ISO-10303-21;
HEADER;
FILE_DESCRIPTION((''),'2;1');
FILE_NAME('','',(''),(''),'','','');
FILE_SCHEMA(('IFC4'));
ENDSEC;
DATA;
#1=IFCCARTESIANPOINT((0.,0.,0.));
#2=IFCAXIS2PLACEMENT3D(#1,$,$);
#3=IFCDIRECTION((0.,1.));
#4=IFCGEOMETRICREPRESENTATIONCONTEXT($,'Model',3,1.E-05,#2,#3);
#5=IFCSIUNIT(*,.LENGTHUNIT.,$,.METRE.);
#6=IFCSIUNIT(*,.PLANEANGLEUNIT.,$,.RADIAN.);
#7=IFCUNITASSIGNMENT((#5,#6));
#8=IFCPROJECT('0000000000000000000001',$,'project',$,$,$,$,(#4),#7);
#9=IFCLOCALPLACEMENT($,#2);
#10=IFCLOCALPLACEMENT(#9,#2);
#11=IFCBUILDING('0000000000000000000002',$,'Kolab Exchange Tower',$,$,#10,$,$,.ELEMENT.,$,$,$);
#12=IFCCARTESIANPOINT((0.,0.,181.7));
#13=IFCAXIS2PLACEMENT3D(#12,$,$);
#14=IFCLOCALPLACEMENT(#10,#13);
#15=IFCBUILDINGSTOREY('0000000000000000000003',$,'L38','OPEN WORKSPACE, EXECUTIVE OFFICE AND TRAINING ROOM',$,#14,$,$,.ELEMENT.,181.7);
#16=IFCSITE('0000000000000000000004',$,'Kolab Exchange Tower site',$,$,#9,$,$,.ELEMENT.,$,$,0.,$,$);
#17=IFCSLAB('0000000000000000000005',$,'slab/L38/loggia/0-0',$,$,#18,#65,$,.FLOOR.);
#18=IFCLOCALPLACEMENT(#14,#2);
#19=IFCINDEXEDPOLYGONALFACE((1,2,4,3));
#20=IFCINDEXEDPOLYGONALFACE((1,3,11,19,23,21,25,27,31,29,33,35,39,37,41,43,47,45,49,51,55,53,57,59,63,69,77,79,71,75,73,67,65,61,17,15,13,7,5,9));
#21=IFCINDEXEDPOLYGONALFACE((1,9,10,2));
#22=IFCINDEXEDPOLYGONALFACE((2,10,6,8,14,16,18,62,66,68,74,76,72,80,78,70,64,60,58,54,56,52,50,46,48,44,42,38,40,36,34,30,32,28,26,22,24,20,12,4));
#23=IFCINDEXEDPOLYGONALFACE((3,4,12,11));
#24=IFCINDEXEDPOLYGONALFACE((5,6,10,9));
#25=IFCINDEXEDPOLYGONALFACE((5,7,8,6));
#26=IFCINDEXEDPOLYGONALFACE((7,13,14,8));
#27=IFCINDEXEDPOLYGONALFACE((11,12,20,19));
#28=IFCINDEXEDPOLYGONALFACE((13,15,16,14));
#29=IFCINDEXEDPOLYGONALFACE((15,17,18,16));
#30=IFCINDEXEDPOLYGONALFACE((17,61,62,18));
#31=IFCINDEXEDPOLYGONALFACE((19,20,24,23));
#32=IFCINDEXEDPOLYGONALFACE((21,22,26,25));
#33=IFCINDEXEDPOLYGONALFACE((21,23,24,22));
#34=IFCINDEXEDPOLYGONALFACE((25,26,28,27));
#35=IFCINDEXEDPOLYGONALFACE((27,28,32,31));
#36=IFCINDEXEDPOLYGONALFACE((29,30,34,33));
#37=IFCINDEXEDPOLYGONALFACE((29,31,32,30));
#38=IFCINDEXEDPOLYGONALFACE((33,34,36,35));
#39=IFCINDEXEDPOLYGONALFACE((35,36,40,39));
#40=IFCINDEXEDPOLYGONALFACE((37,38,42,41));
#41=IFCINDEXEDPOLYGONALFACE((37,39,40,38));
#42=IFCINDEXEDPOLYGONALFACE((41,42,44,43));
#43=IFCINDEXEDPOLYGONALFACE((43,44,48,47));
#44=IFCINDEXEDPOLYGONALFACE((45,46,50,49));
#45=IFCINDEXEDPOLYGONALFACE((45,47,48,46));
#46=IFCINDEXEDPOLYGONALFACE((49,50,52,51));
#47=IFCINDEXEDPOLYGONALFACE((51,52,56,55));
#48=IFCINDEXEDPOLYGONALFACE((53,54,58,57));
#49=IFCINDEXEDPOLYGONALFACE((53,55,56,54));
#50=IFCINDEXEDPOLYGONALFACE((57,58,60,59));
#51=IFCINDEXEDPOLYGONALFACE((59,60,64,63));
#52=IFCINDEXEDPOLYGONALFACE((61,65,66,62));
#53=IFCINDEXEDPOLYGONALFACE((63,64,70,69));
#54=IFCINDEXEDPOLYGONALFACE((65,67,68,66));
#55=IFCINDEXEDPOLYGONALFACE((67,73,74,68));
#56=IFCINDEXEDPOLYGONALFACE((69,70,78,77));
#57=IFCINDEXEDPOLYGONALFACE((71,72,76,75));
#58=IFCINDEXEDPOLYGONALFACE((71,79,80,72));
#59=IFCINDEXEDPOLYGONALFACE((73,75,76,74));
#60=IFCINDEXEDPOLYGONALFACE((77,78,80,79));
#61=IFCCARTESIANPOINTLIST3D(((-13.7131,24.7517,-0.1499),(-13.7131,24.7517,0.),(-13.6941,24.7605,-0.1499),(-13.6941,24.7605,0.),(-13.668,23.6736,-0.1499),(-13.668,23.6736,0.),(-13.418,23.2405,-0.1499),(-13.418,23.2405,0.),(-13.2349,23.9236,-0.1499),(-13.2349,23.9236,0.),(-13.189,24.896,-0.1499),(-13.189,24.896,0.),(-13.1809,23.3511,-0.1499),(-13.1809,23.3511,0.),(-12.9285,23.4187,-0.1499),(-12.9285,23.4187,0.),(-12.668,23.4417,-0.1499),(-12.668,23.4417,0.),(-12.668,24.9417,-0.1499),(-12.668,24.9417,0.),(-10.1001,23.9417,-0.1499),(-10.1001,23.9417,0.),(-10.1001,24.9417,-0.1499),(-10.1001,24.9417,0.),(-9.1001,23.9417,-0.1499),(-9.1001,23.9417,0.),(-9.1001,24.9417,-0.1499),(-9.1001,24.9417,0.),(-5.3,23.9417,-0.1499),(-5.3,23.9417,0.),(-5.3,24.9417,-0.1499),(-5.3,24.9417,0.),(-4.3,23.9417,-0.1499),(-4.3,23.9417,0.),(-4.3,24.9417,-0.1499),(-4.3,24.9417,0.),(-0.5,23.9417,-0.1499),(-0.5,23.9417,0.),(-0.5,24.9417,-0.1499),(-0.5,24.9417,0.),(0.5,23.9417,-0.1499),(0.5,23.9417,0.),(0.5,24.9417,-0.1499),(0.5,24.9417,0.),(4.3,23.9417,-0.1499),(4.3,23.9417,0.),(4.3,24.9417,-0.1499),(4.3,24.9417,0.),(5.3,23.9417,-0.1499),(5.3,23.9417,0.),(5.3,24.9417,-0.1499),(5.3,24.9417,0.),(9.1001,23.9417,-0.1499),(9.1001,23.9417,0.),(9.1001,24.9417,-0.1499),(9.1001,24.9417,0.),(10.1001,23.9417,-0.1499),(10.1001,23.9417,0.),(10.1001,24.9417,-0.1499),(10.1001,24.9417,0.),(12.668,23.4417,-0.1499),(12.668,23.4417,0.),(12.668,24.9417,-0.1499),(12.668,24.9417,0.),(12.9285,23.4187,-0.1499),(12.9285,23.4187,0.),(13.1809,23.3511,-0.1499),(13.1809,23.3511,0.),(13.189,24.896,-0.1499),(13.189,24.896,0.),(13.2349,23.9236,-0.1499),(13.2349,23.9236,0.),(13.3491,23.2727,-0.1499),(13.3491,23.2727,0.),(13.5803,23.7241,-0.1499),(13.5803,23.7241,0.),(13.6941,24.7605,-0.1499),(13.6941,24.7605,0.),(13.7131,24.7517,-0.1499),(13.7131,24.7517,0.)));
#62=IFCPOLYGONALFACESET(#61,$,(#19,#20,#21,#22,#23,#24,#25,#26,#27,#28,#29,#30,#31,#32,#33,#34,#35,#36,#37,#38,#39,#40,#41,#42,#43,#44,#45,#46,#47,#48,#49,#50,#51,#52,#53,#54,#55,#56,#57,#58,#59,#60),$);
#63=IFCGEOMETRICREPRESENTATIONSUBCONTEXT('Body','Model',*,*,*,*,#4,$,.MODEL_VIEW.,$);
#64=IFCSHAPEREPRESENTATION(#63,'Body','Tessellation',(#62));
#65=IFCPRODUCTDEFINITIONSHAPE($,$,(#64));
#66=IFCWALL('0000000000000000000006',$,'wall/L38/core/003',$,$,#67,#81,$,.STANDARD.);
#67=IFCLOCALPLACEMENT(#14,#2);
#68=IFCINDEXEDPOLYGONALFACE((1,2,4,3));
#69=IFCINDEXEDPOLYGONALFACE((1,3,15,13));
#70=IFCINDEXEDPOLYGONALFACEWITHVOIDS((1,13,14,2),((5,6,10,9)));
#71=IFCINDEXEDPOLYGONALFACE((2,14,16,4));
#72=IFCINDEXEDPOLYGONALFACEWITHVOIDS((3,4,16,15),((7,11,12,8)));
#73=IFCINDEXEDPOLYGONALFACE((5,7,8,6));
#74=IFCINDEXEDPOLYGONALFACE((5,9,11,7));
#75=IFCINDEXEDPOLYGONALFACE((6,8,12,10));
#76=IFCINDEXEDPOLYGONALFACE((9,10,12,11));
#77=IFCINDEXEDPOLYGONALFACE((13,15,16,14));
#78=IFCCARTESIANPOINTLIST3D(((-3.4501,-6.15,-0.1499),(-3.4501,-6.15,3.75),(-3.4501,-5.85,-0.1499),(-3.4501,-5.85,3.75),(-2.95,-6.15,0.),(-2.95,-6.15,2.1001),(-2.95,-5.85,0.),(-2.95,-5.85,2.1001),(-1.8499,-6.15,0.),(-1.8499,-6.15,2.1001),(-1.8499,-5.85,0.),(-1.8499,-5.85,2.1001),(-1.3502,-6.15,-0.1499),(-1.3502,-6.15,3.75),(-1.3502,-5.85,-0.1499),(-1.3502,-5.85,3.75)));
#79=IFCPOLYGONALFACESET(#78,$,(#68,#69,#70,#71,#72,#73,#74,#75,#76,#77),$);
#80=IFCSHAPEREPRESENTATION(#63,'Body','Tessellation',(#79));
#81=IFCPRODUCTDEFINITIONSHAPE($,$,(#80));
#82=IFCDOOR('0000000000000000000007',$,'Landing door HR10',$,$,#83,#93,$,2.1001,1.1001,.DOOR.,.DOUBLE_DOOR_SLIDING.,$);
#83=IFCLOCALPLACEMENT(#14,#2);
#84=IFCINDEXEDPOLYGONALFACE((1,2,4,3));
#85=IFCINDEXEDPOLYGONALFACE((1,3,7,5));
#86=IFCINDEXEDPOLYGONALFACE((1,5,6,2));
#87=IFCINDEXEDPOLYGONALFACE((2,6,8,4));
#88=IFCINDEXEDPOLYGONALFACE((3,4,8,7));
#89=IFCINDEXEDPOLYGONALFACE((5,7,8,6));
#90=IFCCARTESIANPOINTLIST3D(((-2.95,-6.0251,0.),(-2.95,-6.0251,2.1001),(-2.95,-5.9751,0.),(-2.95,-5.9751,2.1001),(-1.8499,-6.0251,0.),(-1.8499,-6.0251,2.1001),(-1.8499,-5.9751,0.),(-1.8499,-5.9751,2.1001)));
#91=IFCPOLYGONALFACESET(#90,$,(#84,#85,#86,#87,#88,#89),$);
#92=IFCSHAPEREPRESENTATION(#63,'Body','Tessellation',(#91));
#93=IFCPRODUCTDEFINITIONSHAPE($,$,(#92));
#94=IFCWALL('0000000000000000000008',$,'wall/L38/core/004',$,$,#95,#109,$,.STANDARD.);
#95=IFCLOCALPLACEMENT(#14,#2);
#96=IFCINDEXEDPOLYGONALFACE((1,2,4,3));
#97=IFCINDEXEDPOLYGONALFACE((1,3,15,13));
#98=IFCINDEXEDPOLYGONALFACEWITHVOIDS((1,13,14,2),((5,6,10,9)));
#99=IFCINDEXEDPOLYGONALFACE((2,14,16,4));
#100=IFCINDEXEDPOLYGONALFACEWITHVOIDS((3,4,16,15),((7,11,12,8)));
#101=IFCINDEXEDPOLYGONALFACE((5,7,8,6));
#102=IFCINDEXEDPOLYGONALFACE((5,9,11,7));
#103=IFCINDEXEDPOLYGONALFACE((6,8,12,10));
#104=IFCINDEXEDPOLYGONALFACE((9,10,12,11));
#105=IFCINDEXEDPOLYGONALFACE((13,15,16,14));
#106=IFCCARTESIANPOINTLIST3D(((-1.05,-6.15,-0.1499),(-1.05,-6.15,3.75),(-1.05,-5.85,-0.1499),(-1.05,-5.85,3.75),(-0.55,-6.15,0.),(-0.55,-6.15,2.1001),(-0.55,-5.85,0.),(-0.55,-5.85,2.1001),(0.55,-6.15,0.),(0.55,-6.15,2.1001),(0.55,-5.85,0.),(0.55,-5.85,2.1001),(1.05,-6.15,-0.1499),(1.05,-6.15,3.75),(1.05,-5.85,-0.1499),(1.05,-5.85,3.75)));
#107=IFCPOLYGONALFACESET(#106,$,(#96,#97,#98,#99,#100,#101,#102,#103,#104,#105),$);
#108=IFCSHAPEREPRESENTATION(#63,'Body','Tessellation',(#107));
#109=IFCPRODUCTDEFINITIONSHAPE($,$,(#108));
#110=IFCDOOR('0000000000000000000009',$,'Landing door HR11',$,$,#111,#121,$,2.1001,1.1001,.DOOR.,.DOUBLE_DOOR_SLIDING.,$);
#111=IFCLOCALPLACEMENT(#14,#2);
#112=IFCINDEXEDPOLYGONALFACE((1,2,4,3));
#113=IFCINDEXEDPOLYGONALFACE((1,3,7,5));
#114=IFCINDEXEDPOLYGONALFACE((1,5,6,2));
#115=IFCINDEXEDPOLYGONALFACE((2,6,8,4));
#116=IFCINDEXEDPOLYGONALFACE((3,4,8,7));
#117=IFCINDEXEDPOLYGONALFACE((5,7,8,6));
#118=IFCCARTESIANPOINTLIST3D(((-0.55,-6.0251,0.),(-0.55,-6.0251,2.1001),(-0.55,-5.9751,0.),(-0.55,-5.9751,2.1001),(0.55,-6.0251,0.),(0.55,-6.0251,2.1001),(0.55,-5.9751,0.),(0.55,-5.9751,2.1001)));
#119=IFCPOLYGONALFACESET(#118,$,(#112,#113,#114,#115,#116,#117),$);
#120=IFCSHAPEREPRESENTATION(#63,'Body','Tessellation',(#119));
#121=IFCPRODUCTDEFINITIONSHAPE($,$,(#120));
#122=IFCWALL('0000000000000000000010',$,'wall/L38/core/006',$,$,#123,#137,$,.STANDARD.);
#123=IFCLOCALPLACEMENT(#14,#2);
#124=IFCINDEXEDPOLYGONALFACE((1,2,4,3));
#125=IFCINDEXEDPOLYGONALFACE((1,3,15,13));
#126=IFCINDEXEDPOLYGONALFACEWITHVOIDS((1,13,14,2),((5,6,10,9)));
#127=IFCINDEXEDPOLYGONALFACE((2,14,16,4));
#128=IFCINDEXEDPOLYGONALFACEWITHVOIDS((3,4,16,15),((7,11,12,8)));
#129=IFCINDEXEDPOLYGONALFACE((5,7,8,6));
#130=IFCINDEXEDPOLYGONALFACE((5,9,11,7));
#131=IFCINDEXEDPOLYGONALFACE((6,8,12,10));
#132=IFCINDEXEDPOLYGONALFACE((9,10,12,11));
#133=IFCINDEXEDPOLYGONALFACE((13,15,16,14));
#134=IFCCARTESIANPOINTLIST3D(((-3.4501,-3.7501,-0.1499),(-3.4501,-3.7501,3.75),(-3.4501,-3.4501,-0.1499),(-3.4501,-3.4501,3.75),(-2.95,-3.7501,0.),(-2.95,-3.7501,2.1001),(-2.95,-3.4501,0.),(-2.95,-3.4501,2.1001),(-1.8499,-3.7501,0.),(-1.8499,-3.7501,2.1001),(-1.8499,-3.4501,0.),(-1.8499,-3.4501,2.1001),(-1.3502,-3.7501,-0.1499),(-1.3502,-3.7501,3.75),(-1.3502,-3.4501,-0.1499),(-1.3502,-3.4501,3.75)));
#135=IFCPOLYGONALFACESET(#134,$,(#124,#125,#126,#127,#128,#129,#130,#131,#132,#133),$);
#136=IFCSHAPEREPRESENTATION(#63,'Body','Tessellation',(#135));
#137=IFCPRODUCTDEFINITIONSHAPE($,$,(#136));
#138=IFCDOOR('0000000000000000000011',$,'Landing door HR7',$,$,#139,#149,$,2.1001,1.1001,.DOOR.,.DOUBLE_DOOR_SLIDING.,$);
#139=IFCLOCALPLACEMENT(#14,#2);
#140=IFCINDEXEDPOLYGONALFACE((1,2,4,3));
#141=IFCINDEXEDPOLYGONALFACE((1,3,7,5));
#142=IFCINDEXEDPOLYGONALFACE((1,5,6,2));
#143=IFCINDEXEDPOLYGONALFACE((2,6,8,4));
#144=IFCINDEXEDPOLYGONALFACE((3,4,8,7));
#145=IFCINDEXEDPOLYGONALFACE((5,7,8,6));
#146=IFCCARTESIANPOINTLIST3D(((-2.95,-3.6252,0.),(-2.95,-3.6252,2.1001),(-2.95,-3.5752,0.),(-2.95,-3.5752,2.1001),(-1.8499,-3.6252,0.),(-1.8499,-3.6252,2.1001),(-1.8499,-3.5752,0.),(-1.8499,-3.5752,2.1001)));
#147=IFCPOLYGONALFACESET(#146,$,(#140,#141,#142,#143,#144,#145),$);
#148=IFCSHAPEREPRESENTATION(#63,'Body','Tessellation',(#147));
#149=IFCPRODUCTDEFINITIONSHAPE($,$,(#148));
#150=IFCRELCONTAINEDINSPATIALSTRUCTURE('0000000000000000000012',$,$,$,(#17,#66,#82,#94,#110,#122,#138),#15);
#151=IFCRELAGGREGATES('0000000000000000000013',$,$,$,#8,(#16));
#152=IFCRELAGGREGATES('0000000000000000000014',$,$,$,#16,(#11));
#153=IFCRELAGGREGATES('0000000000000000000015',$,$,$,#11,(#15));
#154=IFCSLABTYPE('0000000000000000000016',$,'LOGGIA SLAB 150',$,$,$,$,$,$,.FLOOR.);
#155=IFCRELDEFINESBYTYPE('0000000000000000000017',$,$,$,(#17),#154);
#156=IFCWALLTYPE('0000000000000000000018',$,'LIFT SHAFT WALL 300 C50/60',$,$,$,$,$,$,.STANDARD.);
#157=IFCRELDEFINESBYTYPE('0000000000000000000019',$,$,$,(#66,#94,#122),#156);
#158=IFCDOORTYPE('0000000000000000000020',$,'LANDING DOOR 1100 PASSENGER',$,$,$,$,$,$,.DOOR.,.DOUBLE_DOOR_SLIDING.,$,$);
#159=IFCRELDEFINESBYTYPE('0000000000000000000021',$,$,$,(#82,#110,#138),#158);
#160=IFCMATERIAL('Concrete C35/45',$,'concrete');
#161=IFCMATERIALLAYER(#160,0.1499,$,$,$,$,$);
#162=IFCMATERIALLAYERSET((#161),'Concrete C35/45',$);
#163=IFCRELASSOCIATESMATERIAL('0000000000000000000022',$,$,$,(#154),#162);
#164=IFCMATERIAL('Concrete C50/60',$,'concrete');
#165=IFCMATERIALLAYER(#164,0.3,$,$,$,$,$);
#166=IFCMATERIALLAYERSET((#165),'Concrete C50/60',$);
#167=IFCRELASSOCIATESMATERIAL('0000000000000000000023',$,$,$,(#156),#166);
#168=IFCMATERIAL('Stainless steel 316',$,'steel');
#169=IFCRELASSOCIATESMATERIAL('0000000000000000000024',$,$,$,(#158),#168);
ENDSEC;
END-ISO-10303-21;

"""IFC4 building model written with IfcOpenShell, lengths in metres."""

from ifc_helpers import new_model, si_unit, direction, frame, frame_2d, origin, place, context, subcontext, project, spatial, polyline, rectangle, outline, extrude, material, layer, layer_set, type_object, element, fill, save


model = new_model("IFC4")

# Units and contexts
model_context = context("Model", 3, precision=1e-05, world=origin(), true_north=direction((0.0, 1.0)))
body_context = subcontext(model_context, "Body", "Model", "MODEL_VIEW")
ifc_project = project(units=[si_unit("LENGTHUNIT", "METRE"), si_unit("PLANEANGLEUNIT", "RADIAN")], contexts=[model_context])

# Site, building, storey
site_placement = place(None, origin())
site = spatial("IfcSite", under=ifc_project, at=site_placement, Name="Kolab Exchange Tower site", CompositionType="ELEMENT", RefElevation=0.0)
building_placement = place(site_placement, origin())
building = spatial("IfcBuilding", under=site, at=building_placement, Name="Kolab Exchange Tower", CompositionType="ELEMENT")
storey_placement = place(building_placement, frame((0.0, 0.0, 181.7)))
storey = spatial("IfcBuildingStorey", under=building, at=storey_placement, Name="L38", Description="OPEN WORKSPACE, EXECUTIVE OFFICE AND TRAINING ROOM", CompositionType="ELEMENT", Elevation=181.7)

# Slab
ifc_material_1 = material(Name="Concrete C35/45", Category="concrete")
ifc_layer_1 = layer(ifc_material_1, 0.1499)
ifc_layer_set_1 = layer_set([ifc_layer_1], Name="Concrete C35/45")
slab_type_1 = type_object("IfcSlabType", Name="LOGGIA SLAB 150", PredefinedType="FLOOR", material=ifc_layer_set_1)
slab_1_placement = place(storey_placement, frame((0.0, 0.0, -0.1499)))
element("IfcSlab", 1, at=slab_1_placement, inside=storey, type_object=slab_type_1, Name="slab/L38/loggia/0-0", PredefinedType="FLOOR", context=body_context, shape_type="SweptSolid", body=[
    extrude(outline(polyline([(13.1809, 23.3511), (13.3491, 23.2727), (13.5803, 23.7241), (13.2349, 23.9236), (13.7131, 24.7517), (13.6941, 24.7605), (13.189, 24.896), (12.668, 24.9417), (10.1001, 24.9417), (10.1001, 23.9417), (9.1001, 23.9417), (9.1001, 24.9417), (5.3, 24.9417), (5.3, 23.9417), (4.3, 23.9417), (4.3, 24.9417), (0.5, 24.9417), (0.5, 23.9417), (-0.5, 23.9417), (-0.5, 24.9417), (-4.3, 24.9417), (-4.3, 23.9417), (-5.3, 23.9417), (-5.3, 24.9417), (-9.1001, 24.9417), (-9.1001, 23.9417), (-10.1001, 23.9417), (-10.1001, 24.9417), (-12.668, 24.9417), (-13.189, 24.896), (-13.6941, 24.7605), (-13.7131, 24.7517), (-13.2349, 23.9236), (-13.668, 23.6736), (-13.418, 23.2405), (-13.1809, 23.3511), (-12.9285, 23.4187), (-12.668, 23.4417), (12.668, 23.4417), (12.9285, 23.4187), (13.1809, 23.3511)])), origin(), (0.0, 0.0, 1.0), 0.1499),
])

# Walls, openings, doors
ifc_material_2 = material(Name="Concrete C50/60", Category="concrete")
ifc_layer_2 = layer(ifc_material_2, 0.3)
ifc_layer_set_2 = layer_set([ifc_layer_2], Name="Concrete C50/60")
wall_type = type_object("IfcWallType", Name="LIFT SHAFT WALL 300 C50/60", PredefinedType="STANDARD", material=ifc_layer_set_2)
wall_1_placement = place(storey_placement, frame((-3.45, -6.0, -0.1499), z_axis=(0.0, 0.0, 1.0), x_axis=(1.0, 0.0, 0.0)))
wall_1 = element("IfcWall", 2, at=wall_1_placement, inside=storey, type_object=wall_type, Name="wall/L38/core/003", PredefinedType="STANDARD", context=body_context, shape_type="SweptSolid", body=[
    extrude(rectangle(XDim=2.0999, YDim=0.3, at=frame_2d((1.0498, 0.0))), origin(), (0.0, 0.0, 1.0), 3.8999),
])
opening_1_placement = place(wall_1_placement, frame((0.5, 0.0, 0.1499)))
opening_1 = element("IfcOpeningElement", 3, at=opening_1_placement, cuts=wall_1, PredefinedType="OPENING", context=body_context, shape_type="SweptSolid", body=[
    extrude(rectangle(XDim=1.1001, YDim=2.1001, at=frame_2d((0.55, 1.05))), frame((0.0, 0.1602, 0.0), z_axis=(0.0, -1.0, 0.0), x_axis=(1.0, 0.0, 0.0)), (0.0, 0.0, 1.0), 0.3201),
])
ifc_material_3 = material(Name="Stainless steel 316", Category="steel")
door_type = type_object("IfcDoorType", Name="LANDING DOOR 1100 PASSENGER", OperationType="DOUBLE_DOOR_SLIDING", PredefinedType="DOOR", material=ifc_material_3)
door_1_placement = place(opening_1_placement, origin())
door_1 = element("IfcDoor", 4, at=door_1_placement, inside=storey, type_object=door_type, Name="Landing door HR10", OperationType="DOUBLE_DOOR_SLIDING", OverallHeight=2.1001, OverallWidth=1.1001, PredefinedType="DOOR", context=body_context, shape_type="SweptSolid", body=[
    extrude(rectangle(XDim=1.1001, YDim=2.1001, at=frame_2d((0.55, 1.05))), frame((0.0, 0.0249, 0.0), z_axis=(0.0, -1.0, 0.0), x_axis=(1.0, 0.0, 0.0)), (0.0, 0.0, 1.0), 0.05),
])
fill(opening_1, door_1)
wall_2_placement = place(storey_placement, frame((-1.05, -6.0, -0.1499), z_axis=(0.0, 0.0, 1.0), x_axis=(1.0, 0.0, 0.0)))
wall_2 = element("IfcWall", 5, at=wall_2_placement, inside=storey, type_object=wall_type, Name="wall/L38/core/004", PredefinedType="STANDARD", context=body_context, shape_type="SweptSolid", body=[
    extrude(rectangle(XDim=2.1001, YDim=0.3, at=frame_2d((1.05, 0.0))), origin(), (0.0, 0.0, 1.0), 3.8999),
])
opening_2_placement = place(wall_2_placement, frame((0.5, 0.0, 0.1499)))
opening_2 = element("IfcOpeningElement", 6, at=opening_2_placement, cuts=wall_2, PredefinedType="OPENING", context=body_context, shape_type="SweptSolid", body=[
    extrude(rectangle(XDim=1.1001, YDim=2.1001, at=frame_2d((0.55, 1.05))), frame((0.0, 0.1602, 0.0), z_axis=(0.0, -1.0, 0.0), x_axis=(1.0, 0.0, 0.0)), (0.0, 0.0, 1.0), 0.3201),
])
door_2_placement = place(opening_2_placement, origin())
door_2 = element("IfcDoor", 7, at=door_2_placement, inside=storey, type_object=door_type, Name="Landing door HR11", OperationType="DOUBLE_DOOR_SLIDING", OverallHeight=2.1001, OverallWidth=1.1001, PredefinedType="DOOR", context=body_context, shape_type="SweptSolid", body=[
    extrude(rectangle(XDim=1.1001, YDim=2.1001, at=frame_2d((0.55, 1.05))), frame((0.0, 0.0249, 0.0), z_axis=(0.0, -1.0, 0.0), x_axis=(1.0, 0.0, 0.0)), (0.0, 0.0, 1.0), 0.05),
])
fill(opening_2, door_2)
wall_3_placement = place(storey_placement, frame((-3.45, -3.6001, -0.1499), z_axis=(0.0, 0.0, 1.0), x_axis=(1.0, 0.0, 0.0)))
wall_3 = element("IfcWall", 8, at=wall_3_placement, inside=storey, type_object=wall_type, Name="wall/L38/core/006", PredefinedType="STANDARD", context=body_context, shape_type="SweptSolid", body=[
    extrude(rectangle(XDim=2.0999, YDim=0.3, at=frame_2d((1.0498, 0.0))), origin(), (0.0, 0.0, 1.0), 3.8999),
])
opening_3_placement = place(wall_3_placement, frame((0.5, 0.0, 0.1499)))
opening_3 = element("IfcOpeningElement", 9, at=opening_3_placement, cuts=wall_3, PredefinedType="OPENING", context=body_context, shape_type="SweptSolid", body=[
    extrude(rectangle(XDim=1.1001, YDim=2.1001, at=frame_2d((0.55, 1.05))), frame((0.0, 0.1602, 0.0), z_axis=(0.0, -1.0, 0.0), x_axis=(1.0, 0.0, 0.0)), (0.0, 0.0, 1.0), 0.3201),
])
door_3_placement = place(opening_3_placement, origin())
door_3 = element("IfcDoor", 10, at=door_3_placement, inside=storey, type_object=door_type, Name="Landing door HR7", OperationType="DOUBLE_DOOR_SLIDING", OverallHeight=2.1001, OverallWidth=1.1001, PredefinedType="DOOR", context=body_context, shape_type="SweptSolid", body=[
    extrude(rectangle(XDim=1.1001, YDim=2.1001, at=frame_2d((0.55, 1.05))), frame((0.0, 0.0249, 0.0), z_axis=(0.0, -1.0, 0.0), x_axis=(1.0, 0.0, 0.0)), (0.0, 0.0, 1.0), 0.05),
])
fill(opening_3, door_3)

save(model, "model.ifc")
